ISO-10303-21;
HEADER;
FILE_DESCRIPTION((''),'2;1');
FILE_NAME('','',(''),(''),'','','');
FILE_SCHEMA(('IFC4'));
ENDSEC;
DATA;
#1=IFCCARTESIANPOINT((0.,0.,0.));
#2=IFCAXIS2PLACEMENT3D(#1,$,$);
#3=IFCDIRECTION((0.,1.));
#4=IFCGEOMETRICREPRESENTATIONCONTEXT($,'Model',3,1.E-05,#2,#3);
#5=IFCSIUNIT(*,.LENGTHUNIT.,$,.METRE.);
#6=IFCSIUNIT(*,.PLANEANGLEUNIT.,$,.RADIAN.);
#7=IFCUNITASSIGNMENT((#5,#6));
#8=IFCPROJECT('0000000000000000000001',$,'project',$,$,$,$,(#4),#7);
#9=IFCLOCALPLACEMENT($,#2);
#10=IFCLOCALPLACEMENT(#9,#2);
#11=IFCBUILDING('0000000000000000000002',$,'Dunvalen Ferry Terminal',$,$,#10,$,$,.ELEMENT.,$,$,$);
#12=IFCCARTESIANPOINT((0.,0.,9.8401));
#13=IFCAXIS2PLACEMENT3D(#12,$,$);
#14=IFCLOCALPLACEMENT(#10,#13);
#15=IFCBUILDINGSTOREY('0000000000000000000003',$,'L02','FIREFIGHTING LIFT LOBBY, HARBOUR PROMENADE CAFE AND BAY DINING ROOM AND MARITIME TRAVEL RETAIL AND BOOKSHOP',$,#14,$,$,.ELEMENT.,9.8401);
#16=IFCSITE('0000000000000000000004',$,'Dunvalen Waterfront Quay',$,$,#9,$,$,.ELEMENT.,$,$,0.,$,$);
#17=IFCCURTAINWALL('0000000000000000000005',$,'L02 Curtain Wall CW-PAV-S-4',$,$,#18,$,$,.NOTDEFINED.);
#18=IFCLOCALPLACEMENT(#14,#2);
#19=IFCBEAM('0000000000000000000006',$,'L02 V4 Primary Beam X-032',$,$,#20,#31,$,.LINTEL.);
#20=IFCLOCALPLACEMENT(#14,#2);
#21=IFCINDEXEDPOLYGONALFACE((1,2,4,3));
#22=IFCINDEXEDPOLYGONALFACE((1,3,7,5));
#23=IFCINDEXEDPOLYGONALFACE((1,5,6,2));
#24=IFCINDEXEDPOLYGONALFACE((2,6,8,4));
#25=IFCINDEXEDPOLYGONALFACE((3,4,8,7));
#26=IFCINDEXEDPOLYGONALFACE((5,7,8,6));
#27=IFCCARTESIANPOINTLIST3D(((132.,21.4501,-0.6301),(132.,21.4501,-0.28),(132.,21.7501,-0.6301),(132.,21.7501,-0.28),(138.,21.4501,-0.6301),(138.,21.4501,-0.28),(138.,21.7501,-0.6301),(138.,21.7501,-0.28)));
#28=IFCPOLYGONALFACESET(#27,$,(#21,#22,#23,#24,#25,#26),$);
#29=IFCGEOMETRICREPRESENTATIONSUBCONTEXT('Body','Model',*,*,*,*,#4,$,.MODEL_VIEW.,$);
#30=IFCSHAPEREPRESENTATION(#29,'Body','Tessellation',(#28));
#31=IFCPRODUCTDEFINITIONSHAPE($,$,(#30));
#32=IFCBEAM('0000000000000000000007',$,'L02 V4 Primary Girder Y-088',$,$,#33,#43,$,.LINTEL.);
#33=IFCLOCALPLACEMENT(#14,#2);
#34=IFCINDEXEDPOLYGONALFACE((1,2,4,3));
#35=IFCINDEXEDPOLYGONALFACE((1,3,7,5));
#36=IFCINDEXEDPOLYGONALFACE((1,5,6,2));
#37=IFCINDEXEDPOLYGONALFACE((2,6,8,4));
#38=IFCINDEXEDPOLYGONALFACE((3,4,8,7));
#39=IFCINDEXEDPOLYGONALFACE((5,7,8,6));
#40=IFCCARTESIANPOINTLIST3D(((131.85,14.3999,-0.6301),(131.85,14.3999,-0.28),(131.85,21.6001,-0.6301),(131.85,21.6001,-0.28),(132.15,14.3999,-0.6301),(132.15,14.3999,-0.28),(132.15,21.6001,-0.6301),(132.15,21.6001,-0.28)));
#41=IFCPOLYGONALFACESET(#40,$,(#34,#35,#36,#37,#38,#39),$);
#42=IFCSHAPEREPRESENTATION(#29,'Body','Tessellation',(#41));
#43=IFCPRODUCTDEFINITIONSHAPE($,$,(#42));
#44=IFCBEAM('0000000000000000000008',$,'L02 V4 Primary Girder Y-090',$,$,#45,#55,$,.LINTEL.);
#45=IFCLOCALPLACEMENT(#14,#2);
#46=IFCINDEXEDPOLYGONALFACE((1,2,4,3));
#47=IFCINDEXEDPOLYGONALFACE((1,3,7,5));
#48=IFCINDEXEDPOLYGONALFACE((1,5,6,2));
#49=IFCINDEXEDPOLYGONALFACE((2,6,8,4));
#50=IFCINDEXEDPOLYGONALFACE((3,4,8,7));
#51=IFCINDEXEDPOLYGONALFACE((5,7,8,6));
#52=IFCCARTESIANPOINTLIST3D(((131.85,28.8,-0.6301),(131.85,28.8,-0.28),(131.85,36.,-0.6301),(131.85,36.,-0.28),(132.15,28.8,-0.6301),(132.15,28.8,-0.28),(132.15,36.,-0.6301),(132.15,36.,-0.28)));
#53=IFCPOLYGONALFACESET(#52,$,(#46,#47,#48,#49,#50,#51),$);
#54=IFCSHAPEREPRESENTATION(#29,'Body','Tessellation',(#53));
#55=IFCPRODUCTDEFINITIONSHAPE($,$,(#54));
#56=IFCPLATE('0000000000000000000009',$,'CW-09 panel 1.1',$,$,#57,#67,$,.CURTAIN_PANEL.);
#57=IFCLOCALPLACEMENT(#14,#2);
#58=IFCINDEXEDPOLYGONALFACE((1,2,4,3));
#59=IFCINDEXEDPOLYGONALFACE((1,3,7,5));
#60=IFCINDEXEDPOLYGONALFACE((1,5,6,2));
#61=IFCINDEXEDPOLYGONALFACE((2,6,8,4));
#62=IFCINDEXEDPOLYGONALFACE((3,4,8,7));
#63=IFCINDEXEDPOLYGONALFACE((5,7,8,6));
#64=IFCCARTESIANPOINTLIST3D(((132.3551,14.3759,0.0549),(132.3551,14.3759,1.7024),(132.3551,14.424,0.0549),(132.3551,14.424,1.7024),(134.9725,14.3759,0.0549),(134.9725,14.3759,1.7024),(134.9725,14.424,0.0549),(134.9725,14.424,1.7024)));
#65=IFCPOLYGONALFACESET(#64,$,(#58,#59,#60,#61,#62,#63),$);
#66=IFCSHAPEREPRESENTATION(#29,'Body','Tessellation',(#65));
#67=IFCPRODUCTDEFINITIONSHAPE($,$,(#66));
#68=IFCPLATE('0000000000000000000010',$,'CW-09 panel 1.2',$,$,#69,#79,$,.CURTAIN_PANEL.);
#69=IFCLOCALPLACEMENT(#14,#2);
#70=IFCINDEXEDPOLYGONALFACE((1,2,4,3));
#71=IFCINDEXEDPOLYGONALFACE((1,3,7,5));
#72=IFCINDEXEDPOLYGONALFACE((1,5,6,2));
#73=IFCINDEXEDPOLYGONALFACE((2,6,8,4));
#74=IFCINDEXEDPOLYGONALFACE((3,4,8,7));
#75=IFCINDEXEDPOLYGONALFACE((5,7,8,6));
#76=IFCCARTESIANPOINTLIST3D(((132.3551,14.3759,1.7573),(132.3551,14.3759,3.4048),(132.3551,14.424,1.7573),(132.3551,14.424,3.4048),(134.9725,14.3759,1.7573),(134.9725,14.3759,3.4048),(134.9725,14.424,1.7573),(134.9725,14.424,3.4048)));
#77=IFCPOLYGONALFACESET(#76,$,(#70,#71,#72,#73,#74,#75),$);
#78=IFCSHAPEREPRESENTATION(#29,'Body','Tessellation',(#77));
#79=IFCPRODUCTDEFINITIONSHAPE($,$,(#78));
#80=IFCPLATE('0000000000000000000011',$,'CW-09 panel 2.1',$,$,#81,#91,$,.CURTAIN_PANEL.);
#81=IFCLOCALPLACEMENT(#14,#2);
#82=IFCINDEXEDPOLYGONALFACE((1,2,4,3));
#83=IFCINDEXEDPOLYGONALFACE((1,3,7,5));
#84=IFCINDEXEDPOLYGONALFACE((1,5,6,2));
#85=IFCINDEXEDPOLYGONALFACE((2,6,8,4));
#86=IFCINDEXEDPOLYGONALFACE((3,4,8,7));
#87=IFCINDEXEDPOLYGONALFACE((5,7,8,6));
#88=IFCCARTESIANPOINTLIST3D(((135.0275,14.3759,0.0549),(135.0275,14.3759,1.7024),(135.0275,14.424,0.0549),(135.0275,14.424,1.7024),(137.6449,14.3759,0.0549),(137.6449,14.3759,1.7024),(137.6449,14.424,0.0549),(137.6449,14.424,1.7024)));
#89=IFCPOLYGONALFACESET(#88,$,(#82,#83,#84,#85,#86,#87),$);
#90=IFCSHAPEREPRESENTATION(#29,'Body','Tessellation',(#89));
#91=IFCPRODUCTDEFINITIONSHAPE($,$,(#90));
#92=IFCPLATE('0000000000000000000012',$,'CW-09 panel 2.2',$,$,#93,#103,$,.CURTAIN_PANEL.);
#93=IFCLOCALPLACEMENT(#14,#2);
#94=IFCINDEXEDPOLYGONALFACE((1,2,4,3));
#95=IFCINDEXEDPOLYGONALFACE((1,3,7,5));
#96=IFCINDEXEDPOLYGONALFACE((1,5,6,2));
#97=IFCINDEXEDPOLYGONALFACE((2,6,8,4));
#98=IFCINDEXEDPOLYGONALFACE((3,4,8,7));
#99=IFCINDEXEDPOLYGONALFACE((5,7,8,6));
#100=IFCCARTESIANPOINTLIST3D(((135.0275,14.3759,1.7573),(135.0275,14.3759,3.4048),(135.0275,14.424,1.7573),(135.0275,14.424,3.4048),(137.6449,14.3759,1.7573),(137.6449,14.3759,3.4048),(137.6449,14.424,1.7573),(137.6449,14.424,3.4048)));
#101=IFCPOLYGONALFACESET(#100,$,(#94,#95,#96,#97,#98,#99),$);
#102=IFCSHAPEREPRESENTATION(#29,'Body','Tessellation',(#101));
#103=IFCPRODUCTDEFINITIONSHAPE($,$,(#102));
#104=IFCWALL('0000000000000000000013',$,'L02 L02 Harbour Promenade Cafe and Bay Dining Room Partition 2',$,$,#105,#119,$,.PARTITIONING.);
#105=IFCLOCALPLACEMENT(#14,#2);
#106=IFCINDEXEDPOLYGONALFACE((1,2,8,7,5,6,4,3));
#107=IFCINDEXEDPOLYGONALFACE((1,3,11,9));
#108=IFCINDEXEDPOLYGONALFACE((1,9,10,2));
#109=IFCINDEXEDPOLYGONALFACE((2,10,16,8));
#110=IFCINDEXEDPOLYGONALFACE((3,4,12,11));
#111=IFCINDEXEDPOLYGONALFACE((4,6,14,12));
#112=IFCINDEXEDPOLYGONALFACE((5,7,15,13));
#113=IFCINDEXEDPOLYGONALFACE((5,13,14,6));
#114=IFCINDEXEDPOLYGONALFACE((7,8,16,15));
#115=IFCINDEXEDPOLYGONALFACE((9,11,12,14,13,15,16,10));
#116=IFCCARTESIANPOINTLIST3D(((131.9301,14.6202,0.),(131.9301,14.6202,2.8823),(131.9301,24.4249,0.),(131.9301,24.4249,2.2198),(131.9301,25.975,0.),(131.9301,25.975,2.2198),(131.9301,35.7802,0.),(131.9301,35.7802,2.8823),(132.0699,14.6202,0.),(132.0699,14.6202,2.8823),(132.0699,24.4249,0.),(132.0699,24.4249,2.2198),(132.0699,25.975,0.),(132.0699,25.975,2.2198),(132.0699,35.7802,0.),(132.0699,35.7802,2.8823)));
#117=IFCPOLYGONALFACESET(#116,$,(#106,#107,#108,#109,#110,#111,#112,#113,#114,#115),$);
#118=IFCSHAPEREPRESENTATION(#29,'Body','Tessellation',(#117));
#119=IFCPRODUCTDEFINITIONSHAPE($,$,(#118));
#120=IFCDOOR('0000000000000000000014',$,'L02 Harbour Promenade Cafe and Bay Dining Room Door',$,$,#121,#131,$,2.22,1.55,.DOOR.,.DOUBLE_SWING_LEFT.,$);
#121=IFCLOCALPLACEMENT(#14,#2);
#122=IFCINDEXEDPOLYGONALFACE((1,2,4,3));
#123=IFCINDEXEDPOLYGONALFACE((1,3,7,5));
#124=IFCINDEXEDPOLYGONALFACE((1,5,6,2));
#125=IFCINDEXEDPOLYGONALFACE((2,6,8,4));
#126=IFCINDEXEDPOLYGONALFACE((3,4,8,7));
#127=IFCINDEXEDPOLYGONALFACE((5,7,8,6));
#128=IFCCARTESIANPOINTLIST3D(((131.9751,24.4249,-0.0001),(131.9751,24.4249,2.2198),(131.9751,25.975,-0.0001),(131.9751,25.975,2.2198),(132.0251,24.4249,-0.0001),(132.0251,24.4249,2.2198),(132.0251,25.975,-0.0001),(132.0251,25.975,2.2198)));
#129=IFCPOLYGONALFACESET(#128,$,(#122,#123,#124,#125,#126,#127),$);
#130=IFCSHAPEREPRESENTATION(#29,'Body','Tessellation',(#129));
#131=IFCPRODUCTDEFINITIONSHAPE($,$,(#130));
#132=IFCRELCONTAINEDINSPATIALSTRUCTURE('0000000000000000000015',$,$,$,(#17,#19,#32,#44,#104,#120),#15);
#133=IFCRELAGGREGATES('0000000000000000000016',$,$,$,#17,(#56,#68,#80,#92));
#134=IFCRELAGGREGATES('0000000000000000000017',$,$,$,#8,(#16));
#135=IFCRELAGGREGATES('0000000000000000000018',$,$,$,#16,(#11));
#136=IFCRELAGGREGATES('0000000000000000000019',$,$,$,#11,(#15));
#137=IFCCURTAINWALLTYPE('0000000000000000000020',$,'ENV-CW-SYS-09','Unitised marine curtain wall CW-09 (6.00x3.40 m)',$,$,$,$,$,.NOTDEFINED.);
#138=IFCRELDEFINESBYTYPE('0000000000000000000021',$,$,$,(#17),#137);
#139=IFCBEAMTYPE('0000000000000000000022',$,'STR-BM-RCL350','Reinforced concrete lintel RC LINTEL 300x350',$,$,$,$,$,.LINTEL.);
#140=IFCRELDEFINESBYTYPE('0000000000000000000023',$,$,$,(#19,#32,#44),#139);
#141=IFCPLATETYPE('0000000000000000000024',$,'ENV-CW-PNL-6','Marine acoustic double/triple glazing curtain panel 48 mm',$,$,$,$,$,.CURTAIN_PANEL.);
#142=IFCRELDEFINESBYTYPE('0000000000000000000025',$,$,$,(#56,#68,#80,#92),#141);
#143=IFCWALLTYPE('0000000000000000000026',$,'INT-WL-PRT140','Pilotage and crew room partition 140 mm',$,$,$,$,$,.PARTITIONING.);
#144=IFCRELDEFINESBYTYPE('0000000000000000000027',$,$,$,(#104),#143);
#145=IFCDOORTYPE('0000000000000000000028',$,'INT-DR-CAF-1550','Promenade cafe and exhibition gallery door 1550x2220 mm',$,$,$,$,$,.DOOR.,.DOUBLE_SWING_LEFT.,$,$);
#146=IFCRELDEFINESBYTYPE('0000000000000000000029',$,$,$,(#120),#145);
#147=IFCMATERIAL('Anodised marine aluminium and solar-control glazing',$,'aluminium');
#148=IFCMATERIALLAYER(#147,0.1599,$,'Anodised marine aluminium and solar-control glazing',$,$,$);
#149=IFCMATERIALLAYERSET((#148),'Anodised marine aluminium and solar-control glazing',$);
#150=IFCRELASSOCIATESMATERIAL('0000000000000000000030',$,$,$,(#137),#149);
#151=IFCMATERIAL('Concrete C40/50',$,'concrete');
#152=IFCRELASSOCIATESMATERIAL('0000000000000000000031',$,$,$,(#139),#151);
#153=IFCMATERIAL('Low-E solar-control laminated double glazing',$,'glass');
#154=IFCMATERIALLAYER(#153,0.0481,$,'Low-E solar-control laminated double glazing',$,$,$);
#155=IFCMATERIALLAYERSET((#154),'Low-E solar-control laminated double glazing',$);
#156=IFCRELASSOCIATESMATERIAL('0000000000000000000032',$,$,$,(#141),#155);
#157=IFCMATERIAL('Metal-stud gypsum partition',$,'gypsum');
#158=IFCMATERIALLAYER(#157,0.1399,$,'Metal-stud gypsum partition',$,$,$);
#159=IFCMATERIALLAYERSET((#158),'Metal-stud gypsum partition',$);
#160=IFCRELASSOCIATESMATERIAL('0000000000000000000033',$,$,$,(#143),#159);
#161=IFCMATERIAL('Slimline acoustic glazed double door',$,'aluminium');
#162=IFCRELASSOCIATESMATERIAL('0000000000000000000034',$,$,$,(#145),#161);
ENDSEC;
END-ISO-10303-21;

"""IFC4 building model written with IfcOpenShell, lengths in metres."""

from ifc_helpers import new_model, si_unit, direction, frame, frame_2d, origin, origin_2d, place, context, subcontext, project, spatial, rectangle, extrude, material, layer, layer_set, material_profile, profile_set, type_object, element, fill, aggregate, save


model = new_model("IFC4")

# Units and contexts
model_context = context("Model", 3, precision=1e-05, world=origin(), true_north=direction((0.0, 1.0)))
body_context = subcontext(model_context, "Body", "Model", "MODEL_VIEW")
ifc_project = project(units=[si_unit("LENGTHUNIT", "METRE"), si_unit("PLANEANGLEUNIT", "RADIAN")], contexts=[model_context])

# Site, building, storey
site_placement = place(None, origin())
site = spatial("IfcSite", under=ifc_project, at=site_placement, Name="Dunvalen Waterfront Quay", CompositionType="ELEMENT", RefElevation=0.0)
building_placement = place(site_placement, origin())
building = spatial("IfcBuilding", under=site, at=building_placement, Name="Dunvalen Ferry Terminal", CompositionType="ELEMENT")
storey_placement = place(building_placement, frame((0.0, 0.0, 9.8401)))
storey = spatial("IfcBuildingStorey", under=building, at=storey_placement, Name="L02", Description="FIREFIGHTING LIFT LOBBY, HARBOUR PROMENADE CAFE AND BAY DINING ROOM AND MARITIME TRAVEL RETAIL AND BOOKSHOP", CompositionType="ELEMENT", Elevation=9.8401)

# Curtain wall
ifc_material_1 = material(Name="Anodised marine aluminium and solar-control glazing", Category="aluminium")
ifc_layer_1 = layer(ifc_material_1, 0.1599, Name="Anodised marine aluminium and solar-control glazing")
ifc_layer_set_1 = layer_set([ifc_layer_1], Name="Anodised marine aluminium and solar-control glazing")
curtain_wall_type = type_object("IfcCurtainWallType", Name="ENV-CW-SYS-09", Description="Unitised marine curtain wall CW-09 (6.00x3.40 m)", PredefinedType="NOTDEFINED", material=ifc_layer_set_1)
curtain_wall_placement = place(storey_placement, origin())
curtain_wall = element("IfcCurtainWall", 1, at=curtain_wall_placement, inside=storey, type_object=curtain_wall_type, Name="L02 Curtain Wall CW-PAV-S-4", PredefinedType="NOTDEFINED")

# Beams
ifc_material_2 = material(Name="Concrete C40/50", Category="concrete")
ifc_material_profile_1 = material_profile(ifc_material_2, rectangle(XDim=0.3, YDim=0.3501, at=origin_2d()), Name="Concrete C40/50")
ifc_profile_set_1 = profile_set([ifc_material_profile_1], Name="Concrete C40/50")
beam_type_1 = type_object("IfcBeamType", Name="STR-BM-RCL350", Description="Reinforced concrete lintel RC LINTEL 300x350", PredefinedType="LINTEL", material=ifc_profile_set_1)
for number, where, z_axis, x_axis, name in (
    (2, (132.0, 21.6001, -0.4551), (1.0, 0.0, 0.0), (0.0, 1.0, 0.0), "L02 V4 Primary Beam X-032"),
):
    element("IfcBeam", number, at=place(storey_placement, frame(where, z_axis=z_axis, x_axis=x_axis)), inside=storey, type_object=beam_type_1, Name=name, PredefinedType="LINTEL", context=body_context, shape_type="SweptSolid", body=[
        extrude(rectangle(XDim=0.3, YDim=0.3501, at=origin_2d()), origin(), (0.0, 0.0, 1.0), 6.0),
    ])
beam_1_placement = place(storey_placement, frame((132.0, 14.3999, -0.4551), z_axis=(0.0, 1.0, 0.0), x_axis=(-1.0, 0.0, 0.0)))
element("IfcBeam", 3, at=beam_1_placement, inside=storey, type_object=beam_type_1, Name="L02 V4 Primary Girder Y-088", PredefinedType="LINTEL", context=body_context, shape_type="SweptSolid", body=[
    extrude(rectangle(XDim=0.3, YDim=0.3501, at=origin_2d()), origin(), (0.0, 0.0, 1.0), 7.2002),
])
beam_2_placement = place(storey_placement, frame((132.0, 28.8, -0.4551), z_axis=(0.0, 1.0, 0.0), x_axis=(-1.0, 0.0, 0.0)))
element("IfcBeam", 4, at=beam_2_placement, inside=storey, type_object=beam_type_1, Name="L02 V4 Primary Girder Y-090", PredefinedType="LINTEL", context=body_context, shape_type="SweptSolid", body=[
    extrude(rectangle(XDim=0.3, YDim=0.3501, at=origin_2d()), origin(), (0.0, 0.0, 1.0), 7.2),
])

# Plates
ifc_material_3 = material(Name="Low-E solar-control laminated double glazing", Category="glass")
ifc_layer_2 = layer(ifc_material_3, 0.0481, Name="Low-E solar-control laminated double glazing")
ifc_layer_set_2 = layer_set([ifc_layer_2], Name="Low-E solar-control laminated double glazing")
plate_type = type_object("IfcPlateType", Name="ENV-CW-PNL-6", Description="Marine acoustic double/triple glazing curtain panel 48 mm", PredefinedType="CURTAIN_PANEL", material=ifc_layer_set_2)
plate_1_placement = place(storey_placement, frame((133.6638, 14.3999, 0.0549), z_axis=(0.0, 0.0, 1.0), x_axis=(1.0, 0.0, 0.0)))
plate_1 = element("IfcPlate", 5, at=plate_1_placement, type_object=plate_type, Name="CW-09 panel 1.1", PredefinedType="CURTAIN_PANEL", context=body_context, shape_type="SweptSolid", body=[
    extrude(rectangle(XDim=2.6174, YDim=0.0481, at=origin_2d()), origin(), (0.0, 0.0, 1.0), 1.6475),
])
plate_2_placement = place(storey_placement, frame((133.6638, 14.3999, 1.7573), z_axis=(0.0, 0.0, 1.0), x_axis=(1.0, 0.0, 0.0)))
plate_2 = element("IfcPlate", 6, at=plate_2_placement, type_object=plate_type, Name="CW-09 panel 1.2", PredefinedType="CURTAIN_PANEL", context=body_context, shape_type="SweptSolid", body=[
    extrude(rectangle(XDim=2.6174, YDim=0.0481, at=origin_2d()), origin(), (0.0, 0.0, 1.0), 1.6475),
])
plate_3_placement = place(storey_placement, frame((136.3362, 14.3999, 0.0549), z_axis=(0.0, 0.0, 1.0), x_axis=(1.0, 0.0, 0.0)))
plate_3 = element("IfcPlate", 7, at=plate_3_placement, type_object=plate_type, Name="CW-09 panel 2.1", PredefinedType="CURTAIN_PANEL", context=body_context, shape_type="SweptSolid", body=[
    extrude(rectangle(XDim=2.6174, YDim=0.0481, at=origin_2d()), origin(), (0.0, 0.0, 1.0), 1.6475),
])
plate_4_placement = place(storey_placement, frame((136.3362, 14.3999, 1.7573), z_axis=(0.0, 0.0, 1.0), x_axis=(1.0, 0.0, 0.0)))
plate_4 = element("IfcPlate", 8, at=plate_4_placement, type_object=plate_type, Name="CW-09 panel 2.2", PredefinedType="CURTAIN_PANEL", context=body_context, shape_type="SweptSolid", body=[
    extrude(rectangle(XDim=2.6174, YDim=0.0481, at=origin_2d()), origin(), (0.0, 0.0, 1.0), 1.6475),
])
aggregate(curtain_wall, [plate_1, plate_2, plate_3, plate_4])

# Wall, opening, door
ifc_material_4 = material(Name="Metal-stud gypsum partition", Category="gypsum")
ifc_layer_3 = layer(ifc_material_4, 0.1399, Name="Metal-stud gypsum partition")
ifc_layer_set_3 = layer_set([ifc_layer_3], Name="Metal-stud gypsum partition")
wall_type = type_object("IfcWallType", Name="INT-WL-PRT140", Description="Pilotage and crew room partition 140 mm", PredefinedType="PARTITIONING", material=ifc_layer_set_3)
wall_placement = place(storey_placement, frame((132.0, 14.6201, 0.0), z_axis=(0.0, 0.0, 1.0), x_axis=(0.0, 1.0, 0.0)))
wall = element("IfcWall", 9, at=wall_placement, inside=storey, type_object=wall_type, Name="L02 L02 Harbour Promenade Cafe and Bay Dining Room Partition 2", PredefinedType="PARTITIONING", context=body_context, shape_type="SweptSolid", body=[
    extrude(rectangle(XDim=21.1599, YDim=0.1399, at=frame_2d((10.5801, 0.0))), origin(), (0.0, 0.0, 1.0), 2.8823),
])
opening_placement = place(wall_placement, frame((9.8049, 0.0, 0.0)))
opening = element("IfcOpeningElement", 10, at=opening_placement, cuts=wall, PredefinedType="OPENING", context=body_context, shape_type="SweptSolid", body=[
    extrude(rectangle(XDim=1.55, YDim=2.22, at=frame_2d((0.7749, 1.1099))), frame((0.0, 0.0801, 0.0), z_axis=(0.0, -1.0, 0.0), x_axis=(1.0, 0.0, 0.0)), (0.0, 0.0, 1.0), 0.1599),
])
ifc_material_5 = material(Name="Slimline acoustic glazed double door", Category="aluminium")
door_type = type_object("IfcDoorType", Name="INT-DR-CAF-1550", Description="Promenade cafe and exhibition gallery door 1550x2220 mm", OperationType="DOUBLE_SWING_LEFT", PredefinedType="DOOR", material=ifc_material_5)
door_placement = place(opening_placement, origin())
door = element("IfcDoor", 11, at=door_placement, inside=storey, type_object=door_type, Name="L02 Harbour Promenade Cafe and Bay Dining Room Door", OperationType="DOUBLE_SWING_LEFT", OverallHeight=2.22, OverallWidth=1.55, PredefinedType="DOOR", context=body_context, shape_type="SweptSolid", body=[
    extrude(rectangle(XDim=1.55, YDim=2.22, at=frame_2d((0.7749, 1.1099))), frame((0.0, 0.0249, 0.0), z_axis=(0.0, -1.0, 0.0), x_axis=(1.0, 0.0, 0.0)), (0.0, 0.0, 1.0), 0.05),
])
fill(opening, door)

save(model, "model.ifc")
